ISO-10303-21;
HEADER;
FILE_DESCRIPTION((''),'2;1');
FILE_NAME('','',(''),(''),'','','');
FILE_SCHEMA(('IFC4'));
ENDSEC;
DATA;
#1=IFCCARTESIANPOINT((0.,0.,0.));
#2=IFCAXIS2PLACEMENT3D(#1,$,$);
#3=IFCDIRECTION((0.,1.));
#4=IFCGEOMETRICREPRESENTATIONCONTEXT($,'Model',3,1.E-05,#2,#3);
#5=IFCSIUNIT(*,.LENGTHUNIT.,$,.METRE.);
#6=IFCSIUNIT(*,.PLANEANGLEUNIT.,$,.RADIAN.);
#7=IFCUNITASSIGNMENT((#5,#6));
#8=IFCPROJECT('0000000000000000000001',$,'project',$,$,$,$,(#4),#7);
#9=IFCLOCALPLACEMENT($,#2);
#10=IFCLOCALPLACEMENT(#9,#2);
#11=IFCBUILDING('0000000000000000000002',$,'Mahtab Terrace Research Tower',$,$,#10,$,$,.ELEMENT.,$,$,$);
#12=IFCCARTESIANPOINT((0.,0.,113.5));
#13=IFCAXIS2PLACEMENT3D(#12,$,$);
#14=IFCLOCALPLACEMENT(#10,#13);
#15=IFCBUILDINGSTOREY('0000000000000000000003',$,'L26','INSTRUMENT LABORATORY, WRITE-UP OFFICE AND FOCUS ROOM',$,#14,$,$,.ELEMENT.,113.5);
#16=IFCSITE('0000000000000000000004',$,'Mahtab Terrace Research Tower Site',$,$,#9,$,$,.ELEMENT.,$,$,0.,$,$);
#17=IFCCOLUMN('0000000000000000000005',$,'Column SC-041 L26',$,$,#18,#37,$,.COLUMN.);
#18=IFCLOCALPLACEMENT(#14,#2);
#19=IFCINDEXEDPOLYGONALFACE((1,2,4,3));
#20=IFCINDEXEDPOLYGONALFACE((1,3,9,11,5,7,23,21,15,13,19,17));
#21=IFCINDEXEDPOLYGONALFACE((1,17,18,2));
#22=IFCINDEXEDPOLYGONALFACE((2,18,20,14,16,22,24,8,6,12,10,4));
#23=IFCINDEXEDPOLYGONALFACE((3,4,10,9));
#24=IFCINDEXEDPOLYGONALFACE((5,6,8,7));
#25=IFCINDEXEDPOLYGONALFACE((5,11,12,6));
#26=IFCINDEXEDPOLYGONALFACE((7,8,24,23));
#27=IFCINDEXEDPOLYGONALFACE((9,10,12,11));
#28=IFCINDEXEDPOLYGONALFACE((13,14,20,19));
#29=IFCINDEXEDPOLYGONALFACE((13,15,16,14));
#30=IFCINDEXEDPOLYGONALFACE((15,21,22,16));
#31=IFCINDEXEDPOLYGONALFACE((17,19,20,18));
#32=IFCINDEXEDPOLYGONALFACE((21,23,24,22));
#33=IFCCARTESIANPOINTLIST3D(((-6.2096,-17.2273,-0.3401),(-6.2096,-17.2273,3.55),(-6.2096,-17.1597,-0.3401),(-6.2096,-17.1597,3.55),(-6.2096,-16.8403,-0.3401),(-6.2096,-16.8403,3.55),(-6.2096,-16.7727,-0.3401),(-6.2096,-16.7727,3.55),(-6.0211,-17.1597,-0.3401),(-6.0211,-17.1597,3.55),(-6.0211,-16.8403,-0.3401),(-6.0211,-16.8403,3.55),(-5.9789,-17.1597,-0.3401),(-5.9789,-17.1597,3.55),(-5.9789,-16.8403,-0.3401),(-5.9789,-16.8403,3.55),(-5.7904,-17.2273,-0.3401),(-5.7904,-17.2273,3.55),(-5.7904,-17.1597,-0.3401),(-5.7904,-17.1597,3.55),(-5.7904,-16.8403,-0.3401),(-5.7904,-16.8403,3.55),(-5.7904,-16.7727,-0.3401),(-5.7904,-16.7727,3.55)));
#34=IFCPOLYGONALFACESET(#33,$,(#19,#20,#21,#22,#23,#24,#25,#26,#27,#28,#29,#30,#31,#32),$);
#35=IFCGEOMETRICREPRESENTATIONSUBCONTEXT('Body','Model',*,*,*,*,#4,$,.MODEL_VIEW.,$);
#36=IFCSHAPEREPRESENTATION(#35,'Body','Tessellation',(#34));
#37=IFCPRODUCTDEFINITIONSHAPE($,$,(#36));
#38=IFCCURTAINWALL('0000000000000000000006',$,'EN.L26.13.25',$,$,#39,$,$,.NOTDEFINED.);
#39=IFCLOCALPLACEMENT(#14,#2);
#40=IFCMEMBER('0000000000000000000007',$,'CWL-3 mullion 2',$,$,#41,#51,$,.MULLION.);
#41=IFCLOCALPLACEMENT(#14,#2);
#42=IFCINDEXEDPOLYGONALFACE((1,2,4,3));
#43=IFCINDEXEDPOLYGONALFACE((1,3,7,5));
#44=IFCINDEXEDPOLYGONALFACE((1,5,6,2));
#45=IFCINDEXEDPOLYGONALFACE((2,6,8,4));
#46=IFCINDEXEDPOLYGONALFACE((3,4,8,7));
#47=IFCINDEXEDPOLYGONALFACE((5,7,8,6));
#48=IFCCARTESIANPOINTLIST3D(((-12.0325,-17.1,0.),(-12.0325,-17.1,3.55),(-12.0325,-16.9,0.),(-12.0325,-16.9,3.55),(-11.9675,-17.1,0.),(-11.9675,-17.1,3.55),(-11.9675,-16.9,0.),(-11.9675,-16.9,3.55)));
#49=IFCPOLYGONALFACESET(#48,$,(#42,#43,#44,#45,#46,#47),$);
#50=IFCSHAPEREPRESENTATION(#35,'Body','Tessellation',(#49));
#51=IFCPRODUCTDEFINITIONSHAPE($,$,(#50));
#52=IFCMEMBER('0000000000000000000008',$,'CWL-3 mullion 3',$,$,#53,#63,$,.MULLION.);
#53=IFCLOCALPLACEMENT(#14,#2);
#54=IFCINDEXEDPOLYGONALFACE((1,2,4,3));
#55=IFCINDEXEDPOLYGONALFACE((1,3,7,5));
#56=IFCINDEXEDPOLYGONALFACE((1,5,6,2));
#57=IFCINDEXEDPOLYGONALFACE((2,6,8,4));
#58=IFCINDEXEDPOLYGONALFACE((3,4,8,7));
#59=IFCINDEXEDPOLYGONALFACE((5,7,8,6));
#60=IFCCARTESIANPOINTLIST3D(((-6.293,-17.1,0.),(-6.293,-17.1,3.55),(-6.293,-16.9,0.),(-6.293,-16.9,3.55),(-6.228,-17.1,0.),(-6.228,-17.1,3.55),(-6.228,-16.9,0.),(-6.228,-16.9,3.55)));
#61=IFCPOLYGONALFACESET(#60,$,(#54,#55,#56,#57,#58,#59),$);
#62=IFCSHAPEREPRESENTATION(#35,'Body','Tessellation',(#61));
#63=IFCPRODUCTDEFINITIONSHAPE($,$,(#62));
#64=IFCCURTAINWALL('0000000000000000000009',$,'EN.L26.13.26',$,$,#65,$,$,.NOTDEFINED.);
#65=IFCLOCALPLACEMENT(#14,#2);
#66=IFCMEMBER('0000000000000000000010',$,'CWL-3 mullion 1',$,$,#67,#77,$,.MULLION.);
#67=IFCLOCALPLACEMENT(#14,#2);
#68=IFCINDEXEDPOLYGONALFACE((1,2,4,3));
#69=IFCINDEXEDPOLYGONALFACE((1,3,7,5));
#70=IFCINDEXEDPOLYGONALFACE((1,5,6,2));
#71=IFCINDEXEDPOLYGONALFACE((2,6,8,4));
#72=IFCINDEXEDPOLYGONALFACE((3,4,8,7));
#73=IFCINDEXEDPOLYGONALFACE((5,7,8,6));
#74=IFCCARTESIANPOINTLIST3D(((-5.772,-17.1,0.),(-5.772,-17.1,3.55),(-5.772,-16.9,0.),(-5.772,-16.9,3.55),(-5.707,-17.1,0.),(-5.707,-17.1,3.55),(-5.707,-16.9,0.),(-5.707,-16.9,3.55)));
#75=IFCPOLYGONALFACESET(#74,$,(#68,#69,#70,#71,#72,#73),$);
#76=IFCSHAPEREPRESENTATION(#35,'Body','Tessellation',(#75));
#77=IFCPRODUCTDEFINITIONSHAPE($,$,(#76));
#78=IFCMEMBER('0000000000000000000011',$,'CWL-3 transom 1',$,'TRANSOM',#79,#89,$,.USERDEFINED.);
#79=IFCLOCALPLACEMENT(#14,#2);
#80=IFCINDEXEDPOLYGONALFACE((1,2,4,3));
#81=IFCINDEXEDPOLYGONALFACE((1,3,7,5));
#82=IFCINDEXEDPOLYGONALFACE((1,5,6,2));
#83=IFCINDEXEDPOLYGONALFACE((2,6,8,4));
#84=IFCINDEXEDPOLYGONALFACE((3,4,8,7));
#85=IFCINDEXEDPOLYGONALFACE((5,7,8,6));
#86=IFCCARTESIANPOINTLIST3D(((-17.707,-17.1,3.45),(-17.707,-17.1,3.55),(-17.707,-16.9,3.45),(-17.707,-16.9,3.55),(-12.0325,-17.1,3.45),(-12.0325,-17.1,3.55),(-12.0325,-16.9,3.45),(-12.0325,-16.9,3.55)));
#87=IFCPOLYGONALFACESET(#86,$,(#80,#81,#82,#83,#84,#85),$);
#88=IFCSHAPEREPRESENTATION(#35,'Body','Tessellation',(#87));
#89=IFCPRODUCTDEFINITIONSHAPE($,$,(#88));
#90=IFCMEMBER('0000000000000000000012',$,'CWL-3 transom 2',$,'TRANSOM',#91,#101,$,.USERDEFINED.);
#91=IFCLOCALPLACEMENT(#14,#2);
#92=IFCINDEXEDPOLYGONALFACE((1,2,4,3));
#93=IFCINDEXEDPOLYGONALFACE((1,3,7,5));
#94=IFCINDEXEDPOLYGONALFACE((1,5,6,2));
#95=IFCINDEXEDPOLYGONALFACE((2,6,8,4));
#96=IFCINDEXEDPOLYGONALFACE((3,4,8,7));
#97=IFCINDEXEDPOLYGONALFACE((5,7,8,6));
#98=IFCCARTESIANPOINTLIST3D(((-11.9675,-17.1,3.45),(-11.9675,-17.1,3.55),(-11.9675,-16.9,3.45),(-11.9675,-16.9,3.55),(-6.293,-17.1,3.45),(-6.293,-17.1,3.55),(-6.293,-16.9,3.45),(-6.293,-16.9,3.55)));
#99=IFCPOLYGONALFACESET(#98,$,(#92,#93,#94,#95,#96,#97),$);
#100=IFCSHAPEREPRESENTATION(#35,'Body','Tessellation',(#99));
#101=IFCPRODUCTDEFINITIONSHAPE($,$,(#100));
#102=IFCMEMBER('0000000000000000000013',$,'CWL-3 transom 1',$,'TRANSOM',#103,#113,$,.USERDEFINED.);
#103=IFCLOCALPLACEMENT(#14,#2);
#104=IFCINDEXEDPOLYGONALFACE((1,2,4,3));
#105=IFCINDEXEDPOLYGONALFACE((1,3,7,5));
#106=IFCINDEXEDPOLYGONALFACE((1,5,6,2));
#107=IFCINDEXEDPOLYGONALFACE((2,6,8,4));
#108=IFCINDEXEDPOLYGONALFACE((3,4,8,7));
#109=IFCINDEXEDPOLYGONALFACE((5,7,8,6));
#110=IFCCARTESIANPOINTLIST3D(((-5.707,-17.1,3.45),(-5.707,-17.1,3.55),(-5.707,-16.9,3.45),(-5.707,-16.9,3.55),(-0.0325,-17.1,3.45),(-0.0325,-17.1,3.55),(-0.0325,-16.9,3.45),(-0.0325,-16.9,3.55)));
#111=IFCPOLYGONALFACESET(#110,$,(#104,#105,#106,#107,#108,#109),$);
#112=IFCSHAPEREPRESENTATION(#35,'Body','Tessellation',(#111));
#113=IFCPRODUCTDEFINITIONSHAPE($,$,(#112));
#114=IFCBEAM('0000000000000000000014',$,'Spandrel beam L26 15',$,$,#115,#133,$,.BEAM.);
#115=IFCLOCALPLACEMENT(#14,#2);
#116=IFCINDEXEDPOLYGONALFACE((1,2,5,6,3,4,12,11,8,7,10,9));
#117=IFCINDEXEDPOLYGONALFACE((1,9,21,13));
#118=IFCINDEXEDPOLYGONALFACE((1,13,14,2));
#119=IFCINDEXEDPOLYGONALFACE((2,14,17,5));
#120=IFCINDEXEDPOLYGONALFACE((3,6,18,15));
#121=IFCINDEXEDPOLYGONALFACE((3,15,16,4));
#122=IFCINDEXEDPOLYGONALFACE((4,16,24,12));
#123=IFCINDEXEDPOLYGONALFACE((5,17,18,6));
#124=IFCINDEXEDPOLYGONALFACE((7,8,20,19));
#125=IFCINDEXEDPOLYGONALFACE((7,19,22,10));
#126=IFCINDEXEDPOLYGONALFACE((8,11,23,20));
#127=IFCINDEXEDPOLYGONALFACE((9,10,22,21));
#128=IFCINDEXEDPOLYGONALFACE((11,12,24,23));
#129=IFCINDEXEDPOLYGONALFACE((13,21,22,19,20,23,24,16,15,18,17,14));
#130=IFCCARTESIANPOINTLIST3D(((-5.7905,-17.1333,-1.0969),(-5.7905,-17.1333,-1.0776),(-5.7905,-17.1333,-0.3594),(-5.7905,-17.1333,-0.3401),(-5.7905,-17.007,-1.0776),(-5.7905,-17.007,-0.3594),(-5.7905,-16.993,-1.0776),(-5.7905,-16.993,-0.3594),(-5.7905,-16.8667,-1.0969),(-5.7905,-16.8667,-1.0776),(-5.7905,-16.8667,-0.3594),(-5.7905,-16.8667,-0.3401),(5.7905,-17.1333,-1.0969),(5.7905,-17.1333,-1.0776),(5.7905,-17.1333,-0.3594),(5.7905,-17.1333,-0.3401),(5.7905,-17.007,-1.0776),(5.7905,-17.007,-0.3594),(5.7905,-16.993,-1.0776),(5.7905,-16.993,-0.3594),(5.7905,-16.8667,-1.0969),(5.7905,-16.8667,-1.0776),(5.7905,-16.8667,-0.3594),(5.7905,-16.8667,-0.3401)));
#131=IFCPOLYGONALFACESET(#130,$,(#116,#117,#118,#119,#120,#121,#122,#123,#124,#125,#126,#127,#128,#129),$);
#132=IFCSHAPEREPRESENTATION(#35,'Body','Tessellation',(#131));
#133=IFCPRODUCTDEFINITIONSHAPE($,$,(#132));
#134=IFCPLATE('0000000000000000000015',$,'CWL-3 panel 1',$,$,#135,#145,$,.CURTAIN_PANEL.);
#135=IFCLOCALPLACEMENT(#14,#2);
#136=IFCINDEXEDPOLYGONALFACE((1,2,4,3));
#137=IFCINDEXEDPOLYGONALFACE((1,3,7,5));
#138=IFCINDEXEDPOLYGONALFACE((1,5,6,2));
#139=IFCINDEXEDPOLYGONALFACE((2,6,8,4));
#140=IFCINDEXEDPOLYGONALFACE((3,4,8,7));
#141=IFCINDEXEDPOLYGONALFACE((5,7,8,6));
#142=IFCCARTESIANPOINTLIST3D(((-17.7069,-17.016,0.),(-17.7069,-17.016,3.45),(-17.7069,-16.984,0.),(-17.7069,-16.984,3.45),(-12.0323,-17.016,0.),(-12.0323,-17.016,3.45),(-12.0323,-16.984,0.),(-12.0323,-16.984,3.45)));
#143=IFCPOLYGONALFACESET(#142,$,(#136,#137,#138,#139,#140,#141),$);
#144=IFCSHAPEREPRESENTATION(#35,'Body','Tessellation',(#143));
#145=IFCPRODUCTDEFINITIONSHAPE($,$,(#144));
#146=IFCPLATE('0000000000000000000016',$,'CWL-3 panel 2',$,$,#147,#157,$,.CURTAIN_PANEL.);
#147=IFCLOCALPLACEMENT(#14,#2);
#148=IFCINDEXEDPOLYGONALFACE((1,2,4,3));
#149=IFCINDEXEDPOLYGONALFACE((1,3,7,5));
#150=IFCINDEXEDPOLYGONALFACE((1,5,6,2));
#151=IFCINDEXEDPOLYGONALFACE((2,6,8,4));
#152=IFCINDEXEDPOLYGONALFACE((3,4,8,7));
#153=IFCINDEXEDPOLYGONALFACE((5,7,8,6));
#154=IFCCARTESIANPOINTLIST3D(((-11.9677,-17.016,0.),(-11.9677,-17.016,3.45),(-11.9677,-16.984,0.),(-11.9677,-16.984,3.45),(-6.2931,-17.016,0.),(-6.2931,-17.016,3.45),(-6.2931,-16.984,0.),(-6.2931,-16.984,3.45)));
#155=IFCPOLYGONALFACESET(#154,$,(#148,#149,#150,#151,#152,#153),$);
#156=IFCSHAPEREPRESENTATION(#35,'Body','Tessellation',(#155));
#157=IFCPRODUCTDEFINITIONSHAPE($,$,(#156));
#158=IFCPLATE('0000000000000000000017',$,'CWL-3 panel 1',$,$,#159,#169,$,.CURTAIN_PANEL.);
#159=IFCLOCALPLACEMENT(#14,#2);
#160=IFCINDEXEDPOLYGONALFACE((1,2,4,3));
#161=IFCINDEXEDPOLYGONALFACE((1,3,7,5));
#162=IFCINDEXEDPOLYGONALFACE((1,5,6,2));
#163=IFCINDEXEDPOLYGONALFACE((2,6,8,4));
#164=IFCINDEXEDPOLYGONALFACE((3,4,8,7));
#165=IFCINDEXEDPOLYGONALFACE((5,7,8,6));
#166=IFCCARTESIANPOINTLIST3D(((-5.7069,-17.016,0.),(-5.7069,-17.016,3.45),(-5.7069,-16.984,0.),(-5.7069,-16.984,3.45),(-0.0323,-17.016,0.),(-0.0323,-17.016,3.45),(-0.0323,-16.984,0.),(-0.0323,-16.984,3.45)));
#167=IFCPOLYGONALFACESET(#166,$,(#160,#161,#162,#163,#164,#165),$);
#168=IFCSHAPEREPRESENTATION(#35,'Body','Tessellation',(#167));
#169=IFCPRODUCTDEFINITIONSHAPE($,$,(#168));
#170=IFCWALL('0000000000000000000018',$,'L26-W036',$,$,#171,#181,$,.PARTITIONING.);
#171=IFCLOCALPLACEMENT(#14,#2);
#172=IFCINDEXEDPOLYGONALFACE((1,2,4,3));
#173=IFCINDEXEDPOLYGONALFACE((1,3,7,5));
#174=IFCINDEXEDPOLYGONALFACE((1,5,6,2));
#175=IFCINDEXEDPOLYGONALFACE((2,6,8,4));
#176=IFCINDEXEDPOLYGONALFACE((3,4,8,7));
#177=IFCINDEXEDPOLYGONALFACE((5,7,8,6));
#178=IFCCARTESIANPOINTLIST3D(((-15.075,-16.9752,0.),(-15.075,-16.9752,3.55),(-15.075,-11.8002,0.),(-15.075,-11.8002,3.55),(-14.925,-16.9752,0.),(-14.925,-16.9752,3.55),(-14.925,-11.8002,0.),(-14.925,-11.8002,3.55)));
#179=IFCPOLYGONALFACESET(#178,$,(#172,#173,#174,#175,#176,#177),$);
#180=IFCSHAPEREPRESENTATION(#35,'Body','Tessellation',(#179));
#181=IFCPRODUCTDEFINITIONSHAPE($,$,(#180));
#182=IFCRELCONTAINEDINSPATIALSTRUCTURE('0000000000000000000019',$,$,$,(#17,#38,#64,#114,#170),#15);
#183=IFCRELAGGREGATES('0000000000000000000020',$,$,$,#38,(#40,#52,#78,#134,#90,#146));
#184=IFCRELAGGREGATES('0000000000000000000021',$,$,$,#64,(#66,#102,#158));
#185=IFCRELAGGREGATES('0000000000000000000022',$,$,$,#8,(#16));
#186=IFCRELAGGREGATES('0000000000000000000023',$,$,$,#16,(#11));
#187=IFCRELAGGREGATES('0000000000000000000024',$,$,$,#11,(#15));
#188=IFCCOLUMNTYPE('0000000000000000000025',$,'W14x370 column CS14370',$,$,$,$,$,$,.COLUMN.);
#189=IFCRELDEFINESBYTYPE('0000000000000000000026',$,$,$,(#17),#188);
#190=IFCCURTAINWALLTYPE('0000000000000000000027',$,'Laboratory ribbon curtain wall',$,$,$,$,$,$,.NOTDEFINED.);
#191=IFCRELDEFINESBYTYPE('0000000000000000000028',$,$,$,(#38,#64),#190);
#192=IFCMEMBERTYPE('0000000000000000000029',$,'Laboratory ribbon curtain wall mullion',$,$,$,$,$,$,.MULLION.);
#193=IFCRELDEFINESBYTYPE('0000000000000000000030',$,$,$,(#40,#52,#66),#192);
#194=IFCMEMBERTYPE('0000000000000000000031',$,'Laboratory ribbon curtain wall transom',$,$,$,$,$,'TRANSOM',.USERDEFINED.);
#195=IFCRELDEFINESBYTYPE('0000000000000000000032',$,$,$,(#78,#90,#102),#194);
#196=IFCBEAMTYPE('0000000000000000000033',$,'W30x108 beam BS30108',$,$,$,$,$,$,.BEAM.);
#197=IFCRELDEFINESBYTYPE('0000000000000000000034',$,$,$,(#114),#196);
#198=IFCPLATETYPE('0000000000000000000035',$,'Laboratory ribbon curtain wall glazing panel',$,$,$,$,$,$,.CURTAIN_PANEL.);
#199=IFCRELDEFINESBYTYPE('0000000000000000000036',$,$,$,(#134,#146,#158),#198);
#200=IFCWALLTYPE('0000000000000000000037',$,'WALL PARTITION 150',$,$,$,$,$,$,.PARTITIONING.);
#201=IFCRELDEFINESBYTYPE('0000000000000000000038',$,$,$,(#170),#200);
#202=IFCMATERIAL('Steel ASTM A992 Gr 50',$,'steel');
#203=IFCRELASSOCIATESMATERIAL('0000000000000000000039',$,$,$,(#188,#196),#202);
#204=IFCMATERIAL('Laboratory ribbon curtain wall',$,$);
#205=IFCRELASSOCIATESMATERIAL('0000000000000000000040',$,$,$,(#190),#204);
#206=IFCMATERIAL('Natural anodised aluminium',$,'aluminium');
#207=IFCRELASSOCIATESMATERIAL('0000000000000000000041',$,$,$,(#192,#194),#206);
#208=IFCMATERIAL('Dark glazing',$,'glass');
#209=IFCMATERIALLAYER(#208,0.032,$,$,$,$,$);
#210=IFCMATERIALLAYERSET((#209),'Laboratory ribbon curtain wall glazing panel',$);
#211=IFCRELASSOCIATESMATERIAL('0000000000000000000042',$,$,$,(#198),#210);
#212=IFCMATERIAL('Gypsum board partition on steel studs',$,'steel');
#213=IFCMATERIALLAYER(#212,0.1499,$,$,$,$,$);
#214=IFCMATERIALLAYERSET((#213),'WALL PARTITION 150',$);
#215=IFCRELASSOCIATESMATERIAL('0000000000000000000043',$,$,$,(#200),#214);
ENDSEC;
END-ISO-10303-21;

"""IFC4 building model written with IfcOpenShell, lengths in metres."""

from ifc_helpers import new_model, si_unit, direction, frame, frame_2d, origin, origin_2d, place, context, subcontext, project, spatial, rectangle, i_section, extrude, material, layer, layer_set, material_profile, profile_set, type_object, element, aggregate, save


model = new_model("IFC4")

# Units and contexts
model_context = context("Model", 3, precision=1e-05, world=origin(), true_north=direction((0.0, 1.0)))
body_context = subcontext(model_context, "Body", "Model", "MODEL_VIEW")
ifc_project = project(units=[si_unit("LENGTHUNIT", "METRE"), si_unit("PLANEANGLEUNIT", "RADIAN")], contexts=[model_context])

# Site, building, storey
site_placement = place(None, origin())
site = spatial("IfcSite", under=ifc_project, at=site_placement, Name="Mahtab Terrace Research Tower Site", CompositionType="ELEMENT", RefElevation=0.0)
building_placement = place(site_placement, origin())
building = spatial("IfcBuilding", under=site, at=building_placement, Name="Mahtab Terrace Research Tower", CompositionType="ELEMENT")
storey_placement = place(building_placement, frame((0.0, 0.0, 113.5)))
storey = spatial("IfcBuildingStorey", under=building, at=storey_placement, Name="L26", Description="INSTRUMENT LABORATORY, WRITE-UP OFFICE AND FOCUS ROOM", CompositionType="ELEMENT", Elevation=113.5)

# Column
ifc_material_1 = material(Name="Steel ASTM A992 Gr 50", Category="steel")
ifc_material_profile_1 = material_profile(ifc_material_1, i_section(OverallWidth=0.4192, OverallDepth=0.4546, WebThickness=0.0422, FlangeThickness=0.0676, at=origin_2d()), Name="W14X370")
ifc_profile_set_1 = profile_set([ifc_material_profile_1], Name="Steel ASTM A992 Gr 50")
column_type = type_object("IfcColumnType", Name="W14x370 column CS14370", PredefinedType="COLUMN", material=ifc_profile_set_1)
column_placement = place(storey_placement, frame((-6.0, -17.0, -0.3401), z_axis=(0.0, 0.0, 1.0), x_axis=(1.0, 0.0, 0.0)))
element("IfcColumn", 1, at=column_placement, inside=storey, type_object=column_type, Name="Column SC-041 L26", PredefinedType="COLUMN", context=body_context, shape_type="SweptSolid", body=[
    extrude(i_section(OverallWidth=0.4192, OverallDepth=0.4546, WebThickness=0.0422, FlangeThickness=0.0676, at=origin_2d()), origin(), (0.0, 0.0, 1.0), 3.8901),
])

# Curtain wall, members
ifc_material_2 = material(Name="Laboratory ribbon curtain wall")
curtain_wall_type = type_object("IfcCurtainWallType", Name="Laboratory ribbon curtain wall", PredefinedType="NOTDEFINED", material=ifc_material_2)
curtain_wall_1_placement = place(storey_placement, origin())
curtain_wall_1 = element("IfcCurtainWall", 2, at=curtain_wall_1_placement, inside=storey, type_object=curtain_wall_type, Name="EN.L26.13.25", PredefinedType="NOTDEFINED")
ifc_material_3 = material(Name="Natural anodised aluminium", Category="aluminium")
ifc_material_profile_2 = material_profile(ifc_material_3, rectangle(XDim=0.2, YDim=0.0649, at=origin_2d()), Name="MULLION 65x200")
ifc_profile_set_2 = profile_set([ifc_material_profile_2], Name="Natural anodised aluminium")
member_type_1 = type_object("IfcMemberType", Name="Laboratory ribbon curtain wall mullion", PredefinedType="MULLION", material=ifc_profile_set_2)
member_1_placement = place(storey_placement, frame((-12.0, -17.0, 0.0), z_axis=(0.0, 0.0, 1.0), x_axis=(0.0, 1.0, 0.0)))
member_1 = element("IfcMember", 3, at=member_1_placement, type_object=member_type_1, Name="CWL-3 mullion 2", PredefinedType="MULLION", context=body_context, shape_type="SweptSolid", body=[
    extrude(rectangle(XDim=0.2, YDim=0.0649, at=origin_2d()), origin(), (0.0, 0.0, 1.0), 3.55),
])
member_2_placement = place(storey_placement, frame((-6.2605, -17.0, 0.0), z_axis=(0.0, 0.0, 1.0), x_axis=(0.0, 1.0, 0.0)))
member_2 = element("IfcMember", 4, at=member_2_placement, type_object=member_type_1, Name="CWL-3 mullion 3", PredefinedType="MULLION", context=body_context, shape_type="SweptSolid", body=[
    extrude(rectangle(XDim=0.2, YDim=0.0649, at=origin_2d()), origin(), (0.0, 0.0, 1.0), 3.55),
])

# Curtain wall, member
curtain_wall_2_placement = place(storey_placement, origin())
curtain_wall_2 = element("IfcCurtainWall", 5, at=curtain_wall_2_placement, inside=storey, type_object=curtain_wall_type, Name="EN.L26.13.26", PredefinedType="NOTDEFINED")
member_3_placement = place(storey_placement, frame((-5.7395, -17.0, 0.0), z_axis=(0.0, 0.0, 1.0), x_axis=(0.0, 1.0, 0.0)))
member_3 = element("IfcMember", 6, at=member_3_placement, type_object=member_type_1, Name="CWL-3 mullion 1", PredefinedType="MULLION", context=body_context, shape_type="SweptSolid", body=[
    extrude(rectangle(XDim=0.2, YDim=0.0649, at=origin_2d()), origin(), (0.0, 0.0, 1.0), 3.55),
])

# Members
ifc_material_profile_3 = material_profile(ifc_material_3, rectangle(XDim=0.2, YDim=0.1001, at=origin_2d()), Name="TRANSOM 100x200")
ifc_profile_set_3 = profile_set([ifc_material_profile_3], Name="Natural anodised aluminium")
member_type_2 = type_object("IfcMemberType", Name="Laboratory ribbon curtain wall transom", ElementType="TRANSOM", PredefinedType="USERDEFINED", material=ifc_profile_set_3)
member_4_placement = place(storey_placement, frame((-17.707, -17.0, 3.5), z_axis=(1.0, 0.0, 0.0), x_axis=(0.0, 1.0, 0.0)))
member_4 = element("IfcMember", 7, at=member_4_placement, type_object=member_type_2, Name="CWL-3 transom 1", ObjectType="TRANSOM", PredefinedType="USERDEFINED", context=body_context, shape_type="SweptSolid", body=[
    extrude(rectangle(XDim=0.2, YDim=0.1001, at=origin_2d()), origin(), (0.0, 0.0, 1.0), 5.6746),
])
member_5_placement = place(storey_placement, frame((-11.9675, -17.0, 3.5), z_axis=(1.0, 0.0, 0.0), x_axis=(0.0, 1.0, 0.0)))
member_5 = element("IfcMember", 8, at=member_5_placement, type_object=member_type_2, Name="CWL-3 transom 2", ObjectType="TRANSOM", PredefinedType="USERDEFINED", context=body_context, shape_type="SweptSolid", body=[
    extrude(rectangle(XDim=0.2, YDim=0.1001, at=origin_2d()), origin(), (0.0, 0.0, 1.0), 5.6746),
])
member_6_placement = place(storey_placement, frame((-5.707, -17.0, 3.5), z_axis=(1.0, 0.0, 0.0), x_axis=(0.0, 1.0, 0.0)))
member_6 = element("IfcMember", 9, at=member_6_placement, type_object=member_type_2, Name="CWL-3 transom 1", ObjectType="TRANSOM", PredefinedType="USERDEFINED", context=body_context, shape_type="SweptSolid", body=[
    extrude(rectangle(XDim=0.2, YDim=0.1001, at=origin_2d()), origin(), (0.0, 0.0, 1.0), 5.6746),
])

# Beam
ifc_material_profile_4 = material_profile(ifc_material_1, i_section(OverallWidth=0.2666, OverallDepth=0.7568, WebThickness=0.0139, FlangeThickness=0.0193, at=origin_2d()), Name="W30X108")
ifc_profile_set_4 = profile_set([ifc_material_profile_4], Name="Steel ASTM A992 Gr 50")
beam_type = type_object("IfcBeamType", Name="W30x108 beam BS30108", PredefinedType="BEAM", material=ifc_profile_set_4)
beam_placement = place(storey_placement, frame((-5.7905, -17.0, -0.7185), z_axis=(1.0, 0.0, 0.0), x_axis=(0.0, 1.0, 0.0)))
element("IfcBeam", 10, at=beam_placement, inside=storey, type_object=beam_type, Name="Spandrel beam L26 15", PredefinedType="BEAM", context=body_context, shape_type="SweptSolid", body=[
    extrude(i_section(OverallWidth=0.2666, OverallDepth=0.7568, WebThickness=0.0139, FlangeThickness=0.0193, at=origin_2d()), origin(), (0.0, 0.0, 1.0), 11.5811),
])

# Plates
ifc_material_4 = material(Name="Dark glazing", Category="glass")
ifc_layer_1 = layer(ifc_material_4, 0.032)
ifc_layer_set_1 = layer_set([ifc_layer_1], Name="Laboratory ribbon curtain wall glazing panel")
plate_type = type_object("IfcPlateType", Name="Laboratory ribbon curtain wall glazing panel", PredefinedType="CURTAIN_PANEL", material=ifc_layer_set_1)
plate_1_placement = place(storey_placement, frame((-14.8696, -17.0, 0.0), z_axis=(0.0, 0.0, 1.0), x_axis=(1.0, 0.0, 0.0)))
plate_1 = element("IfcPlate", 11, at=plate_1_placement, type_object=plate_type, Name="CWL-3 panel 1", PredefinedType="CURTAIN_PANEL", context=body_context, shape_type="SweptSolid", body=[
    extrude(rectangle(XDim=5.6746, YDim=0.032, at=origin_2d()), origin(), (0.0, 0.0, 1.0), 3.45),
])
plate_2_placement = place(storey_placement, frame((-9.1304, -17.0, 0.0), z_axis=(0.0, 0.0, 1.0), x_axis=(1.0, 0.0, 0.0)))
plate_2 = element("IfcPlate", 12, at=plate_2_placement, type_object=plate_type, Name="CWL-3 panel 2", PredefinedType="CURTAIN_PANEL", context=body_context, shape_type="SweptSolid", body=[
    extrude(rectangle(XDim=5.6746, YDim=0.032, at=origin_2d()), origin(), (0.0, 0.0, 1.0), 3.45),
])
aggregate(curtain_wall_1, [member_1, member_2, member_4, plate_1, member_5, plate_2])
plate_3_placement = place(storey_placement, frame((-2.8696, -17.0, 0.0), z_axis=(0.0, 0.0, 1.0), x_axis=(1.0, 0.0, 0.0)))
plate_3 = element("IfcPlate", 13, at=plate_3_placement, type_object=plate_type, Name="CWL-3 panel 1", PredefinedType="CURTAIN_PANEL", context=body_context, shape_type="SweptSolid", body=[
    extrude(rectangle(XDim=5.6746, YDim=0.032, at=origin_2d()), origin(), (0.0, 0.0, 1.0), 3.45),
])
aggregate(curtain_wall_2, [member_3, member_6, plate_3])

# Wall
ifc_material_5 = material(Name="Gypsum board partition on steel studs", Category="steel")
ifc_layer_2 = layer(ifc_material_5, 0.1499)
ifc_layer_set_2 = layer_set([ifc_layer_2], Name="WALL PARTITION 150")
wall_type = type_object("IfcWallType", Name="WALL PARTITION 150", PredefinedType="PARTITIONING", material=ifc_layer_set_2)
wall_placement = place(storey_placement, frame((-15.0, -16.9751, 0.0), z_axis=(0.0, 0.0, 1.0), x_axis=(0.0, 1.0, 0.0)))
element("IfcWall", 14, at=wall_placement, inside=storey, type_object=wall_type, Name="L26-W036", PredefinedType="PARTITIONING", context=body_context, shape_type="SweptSolid", body=[
    extrude(rectangle(XDim=5.175, YDim=0.1499, at=frame_2d((2.5874, 0.0))), origin(), (0.0, 0.0, 1.0), 3.55),
])

save(model, "model.ifc")
